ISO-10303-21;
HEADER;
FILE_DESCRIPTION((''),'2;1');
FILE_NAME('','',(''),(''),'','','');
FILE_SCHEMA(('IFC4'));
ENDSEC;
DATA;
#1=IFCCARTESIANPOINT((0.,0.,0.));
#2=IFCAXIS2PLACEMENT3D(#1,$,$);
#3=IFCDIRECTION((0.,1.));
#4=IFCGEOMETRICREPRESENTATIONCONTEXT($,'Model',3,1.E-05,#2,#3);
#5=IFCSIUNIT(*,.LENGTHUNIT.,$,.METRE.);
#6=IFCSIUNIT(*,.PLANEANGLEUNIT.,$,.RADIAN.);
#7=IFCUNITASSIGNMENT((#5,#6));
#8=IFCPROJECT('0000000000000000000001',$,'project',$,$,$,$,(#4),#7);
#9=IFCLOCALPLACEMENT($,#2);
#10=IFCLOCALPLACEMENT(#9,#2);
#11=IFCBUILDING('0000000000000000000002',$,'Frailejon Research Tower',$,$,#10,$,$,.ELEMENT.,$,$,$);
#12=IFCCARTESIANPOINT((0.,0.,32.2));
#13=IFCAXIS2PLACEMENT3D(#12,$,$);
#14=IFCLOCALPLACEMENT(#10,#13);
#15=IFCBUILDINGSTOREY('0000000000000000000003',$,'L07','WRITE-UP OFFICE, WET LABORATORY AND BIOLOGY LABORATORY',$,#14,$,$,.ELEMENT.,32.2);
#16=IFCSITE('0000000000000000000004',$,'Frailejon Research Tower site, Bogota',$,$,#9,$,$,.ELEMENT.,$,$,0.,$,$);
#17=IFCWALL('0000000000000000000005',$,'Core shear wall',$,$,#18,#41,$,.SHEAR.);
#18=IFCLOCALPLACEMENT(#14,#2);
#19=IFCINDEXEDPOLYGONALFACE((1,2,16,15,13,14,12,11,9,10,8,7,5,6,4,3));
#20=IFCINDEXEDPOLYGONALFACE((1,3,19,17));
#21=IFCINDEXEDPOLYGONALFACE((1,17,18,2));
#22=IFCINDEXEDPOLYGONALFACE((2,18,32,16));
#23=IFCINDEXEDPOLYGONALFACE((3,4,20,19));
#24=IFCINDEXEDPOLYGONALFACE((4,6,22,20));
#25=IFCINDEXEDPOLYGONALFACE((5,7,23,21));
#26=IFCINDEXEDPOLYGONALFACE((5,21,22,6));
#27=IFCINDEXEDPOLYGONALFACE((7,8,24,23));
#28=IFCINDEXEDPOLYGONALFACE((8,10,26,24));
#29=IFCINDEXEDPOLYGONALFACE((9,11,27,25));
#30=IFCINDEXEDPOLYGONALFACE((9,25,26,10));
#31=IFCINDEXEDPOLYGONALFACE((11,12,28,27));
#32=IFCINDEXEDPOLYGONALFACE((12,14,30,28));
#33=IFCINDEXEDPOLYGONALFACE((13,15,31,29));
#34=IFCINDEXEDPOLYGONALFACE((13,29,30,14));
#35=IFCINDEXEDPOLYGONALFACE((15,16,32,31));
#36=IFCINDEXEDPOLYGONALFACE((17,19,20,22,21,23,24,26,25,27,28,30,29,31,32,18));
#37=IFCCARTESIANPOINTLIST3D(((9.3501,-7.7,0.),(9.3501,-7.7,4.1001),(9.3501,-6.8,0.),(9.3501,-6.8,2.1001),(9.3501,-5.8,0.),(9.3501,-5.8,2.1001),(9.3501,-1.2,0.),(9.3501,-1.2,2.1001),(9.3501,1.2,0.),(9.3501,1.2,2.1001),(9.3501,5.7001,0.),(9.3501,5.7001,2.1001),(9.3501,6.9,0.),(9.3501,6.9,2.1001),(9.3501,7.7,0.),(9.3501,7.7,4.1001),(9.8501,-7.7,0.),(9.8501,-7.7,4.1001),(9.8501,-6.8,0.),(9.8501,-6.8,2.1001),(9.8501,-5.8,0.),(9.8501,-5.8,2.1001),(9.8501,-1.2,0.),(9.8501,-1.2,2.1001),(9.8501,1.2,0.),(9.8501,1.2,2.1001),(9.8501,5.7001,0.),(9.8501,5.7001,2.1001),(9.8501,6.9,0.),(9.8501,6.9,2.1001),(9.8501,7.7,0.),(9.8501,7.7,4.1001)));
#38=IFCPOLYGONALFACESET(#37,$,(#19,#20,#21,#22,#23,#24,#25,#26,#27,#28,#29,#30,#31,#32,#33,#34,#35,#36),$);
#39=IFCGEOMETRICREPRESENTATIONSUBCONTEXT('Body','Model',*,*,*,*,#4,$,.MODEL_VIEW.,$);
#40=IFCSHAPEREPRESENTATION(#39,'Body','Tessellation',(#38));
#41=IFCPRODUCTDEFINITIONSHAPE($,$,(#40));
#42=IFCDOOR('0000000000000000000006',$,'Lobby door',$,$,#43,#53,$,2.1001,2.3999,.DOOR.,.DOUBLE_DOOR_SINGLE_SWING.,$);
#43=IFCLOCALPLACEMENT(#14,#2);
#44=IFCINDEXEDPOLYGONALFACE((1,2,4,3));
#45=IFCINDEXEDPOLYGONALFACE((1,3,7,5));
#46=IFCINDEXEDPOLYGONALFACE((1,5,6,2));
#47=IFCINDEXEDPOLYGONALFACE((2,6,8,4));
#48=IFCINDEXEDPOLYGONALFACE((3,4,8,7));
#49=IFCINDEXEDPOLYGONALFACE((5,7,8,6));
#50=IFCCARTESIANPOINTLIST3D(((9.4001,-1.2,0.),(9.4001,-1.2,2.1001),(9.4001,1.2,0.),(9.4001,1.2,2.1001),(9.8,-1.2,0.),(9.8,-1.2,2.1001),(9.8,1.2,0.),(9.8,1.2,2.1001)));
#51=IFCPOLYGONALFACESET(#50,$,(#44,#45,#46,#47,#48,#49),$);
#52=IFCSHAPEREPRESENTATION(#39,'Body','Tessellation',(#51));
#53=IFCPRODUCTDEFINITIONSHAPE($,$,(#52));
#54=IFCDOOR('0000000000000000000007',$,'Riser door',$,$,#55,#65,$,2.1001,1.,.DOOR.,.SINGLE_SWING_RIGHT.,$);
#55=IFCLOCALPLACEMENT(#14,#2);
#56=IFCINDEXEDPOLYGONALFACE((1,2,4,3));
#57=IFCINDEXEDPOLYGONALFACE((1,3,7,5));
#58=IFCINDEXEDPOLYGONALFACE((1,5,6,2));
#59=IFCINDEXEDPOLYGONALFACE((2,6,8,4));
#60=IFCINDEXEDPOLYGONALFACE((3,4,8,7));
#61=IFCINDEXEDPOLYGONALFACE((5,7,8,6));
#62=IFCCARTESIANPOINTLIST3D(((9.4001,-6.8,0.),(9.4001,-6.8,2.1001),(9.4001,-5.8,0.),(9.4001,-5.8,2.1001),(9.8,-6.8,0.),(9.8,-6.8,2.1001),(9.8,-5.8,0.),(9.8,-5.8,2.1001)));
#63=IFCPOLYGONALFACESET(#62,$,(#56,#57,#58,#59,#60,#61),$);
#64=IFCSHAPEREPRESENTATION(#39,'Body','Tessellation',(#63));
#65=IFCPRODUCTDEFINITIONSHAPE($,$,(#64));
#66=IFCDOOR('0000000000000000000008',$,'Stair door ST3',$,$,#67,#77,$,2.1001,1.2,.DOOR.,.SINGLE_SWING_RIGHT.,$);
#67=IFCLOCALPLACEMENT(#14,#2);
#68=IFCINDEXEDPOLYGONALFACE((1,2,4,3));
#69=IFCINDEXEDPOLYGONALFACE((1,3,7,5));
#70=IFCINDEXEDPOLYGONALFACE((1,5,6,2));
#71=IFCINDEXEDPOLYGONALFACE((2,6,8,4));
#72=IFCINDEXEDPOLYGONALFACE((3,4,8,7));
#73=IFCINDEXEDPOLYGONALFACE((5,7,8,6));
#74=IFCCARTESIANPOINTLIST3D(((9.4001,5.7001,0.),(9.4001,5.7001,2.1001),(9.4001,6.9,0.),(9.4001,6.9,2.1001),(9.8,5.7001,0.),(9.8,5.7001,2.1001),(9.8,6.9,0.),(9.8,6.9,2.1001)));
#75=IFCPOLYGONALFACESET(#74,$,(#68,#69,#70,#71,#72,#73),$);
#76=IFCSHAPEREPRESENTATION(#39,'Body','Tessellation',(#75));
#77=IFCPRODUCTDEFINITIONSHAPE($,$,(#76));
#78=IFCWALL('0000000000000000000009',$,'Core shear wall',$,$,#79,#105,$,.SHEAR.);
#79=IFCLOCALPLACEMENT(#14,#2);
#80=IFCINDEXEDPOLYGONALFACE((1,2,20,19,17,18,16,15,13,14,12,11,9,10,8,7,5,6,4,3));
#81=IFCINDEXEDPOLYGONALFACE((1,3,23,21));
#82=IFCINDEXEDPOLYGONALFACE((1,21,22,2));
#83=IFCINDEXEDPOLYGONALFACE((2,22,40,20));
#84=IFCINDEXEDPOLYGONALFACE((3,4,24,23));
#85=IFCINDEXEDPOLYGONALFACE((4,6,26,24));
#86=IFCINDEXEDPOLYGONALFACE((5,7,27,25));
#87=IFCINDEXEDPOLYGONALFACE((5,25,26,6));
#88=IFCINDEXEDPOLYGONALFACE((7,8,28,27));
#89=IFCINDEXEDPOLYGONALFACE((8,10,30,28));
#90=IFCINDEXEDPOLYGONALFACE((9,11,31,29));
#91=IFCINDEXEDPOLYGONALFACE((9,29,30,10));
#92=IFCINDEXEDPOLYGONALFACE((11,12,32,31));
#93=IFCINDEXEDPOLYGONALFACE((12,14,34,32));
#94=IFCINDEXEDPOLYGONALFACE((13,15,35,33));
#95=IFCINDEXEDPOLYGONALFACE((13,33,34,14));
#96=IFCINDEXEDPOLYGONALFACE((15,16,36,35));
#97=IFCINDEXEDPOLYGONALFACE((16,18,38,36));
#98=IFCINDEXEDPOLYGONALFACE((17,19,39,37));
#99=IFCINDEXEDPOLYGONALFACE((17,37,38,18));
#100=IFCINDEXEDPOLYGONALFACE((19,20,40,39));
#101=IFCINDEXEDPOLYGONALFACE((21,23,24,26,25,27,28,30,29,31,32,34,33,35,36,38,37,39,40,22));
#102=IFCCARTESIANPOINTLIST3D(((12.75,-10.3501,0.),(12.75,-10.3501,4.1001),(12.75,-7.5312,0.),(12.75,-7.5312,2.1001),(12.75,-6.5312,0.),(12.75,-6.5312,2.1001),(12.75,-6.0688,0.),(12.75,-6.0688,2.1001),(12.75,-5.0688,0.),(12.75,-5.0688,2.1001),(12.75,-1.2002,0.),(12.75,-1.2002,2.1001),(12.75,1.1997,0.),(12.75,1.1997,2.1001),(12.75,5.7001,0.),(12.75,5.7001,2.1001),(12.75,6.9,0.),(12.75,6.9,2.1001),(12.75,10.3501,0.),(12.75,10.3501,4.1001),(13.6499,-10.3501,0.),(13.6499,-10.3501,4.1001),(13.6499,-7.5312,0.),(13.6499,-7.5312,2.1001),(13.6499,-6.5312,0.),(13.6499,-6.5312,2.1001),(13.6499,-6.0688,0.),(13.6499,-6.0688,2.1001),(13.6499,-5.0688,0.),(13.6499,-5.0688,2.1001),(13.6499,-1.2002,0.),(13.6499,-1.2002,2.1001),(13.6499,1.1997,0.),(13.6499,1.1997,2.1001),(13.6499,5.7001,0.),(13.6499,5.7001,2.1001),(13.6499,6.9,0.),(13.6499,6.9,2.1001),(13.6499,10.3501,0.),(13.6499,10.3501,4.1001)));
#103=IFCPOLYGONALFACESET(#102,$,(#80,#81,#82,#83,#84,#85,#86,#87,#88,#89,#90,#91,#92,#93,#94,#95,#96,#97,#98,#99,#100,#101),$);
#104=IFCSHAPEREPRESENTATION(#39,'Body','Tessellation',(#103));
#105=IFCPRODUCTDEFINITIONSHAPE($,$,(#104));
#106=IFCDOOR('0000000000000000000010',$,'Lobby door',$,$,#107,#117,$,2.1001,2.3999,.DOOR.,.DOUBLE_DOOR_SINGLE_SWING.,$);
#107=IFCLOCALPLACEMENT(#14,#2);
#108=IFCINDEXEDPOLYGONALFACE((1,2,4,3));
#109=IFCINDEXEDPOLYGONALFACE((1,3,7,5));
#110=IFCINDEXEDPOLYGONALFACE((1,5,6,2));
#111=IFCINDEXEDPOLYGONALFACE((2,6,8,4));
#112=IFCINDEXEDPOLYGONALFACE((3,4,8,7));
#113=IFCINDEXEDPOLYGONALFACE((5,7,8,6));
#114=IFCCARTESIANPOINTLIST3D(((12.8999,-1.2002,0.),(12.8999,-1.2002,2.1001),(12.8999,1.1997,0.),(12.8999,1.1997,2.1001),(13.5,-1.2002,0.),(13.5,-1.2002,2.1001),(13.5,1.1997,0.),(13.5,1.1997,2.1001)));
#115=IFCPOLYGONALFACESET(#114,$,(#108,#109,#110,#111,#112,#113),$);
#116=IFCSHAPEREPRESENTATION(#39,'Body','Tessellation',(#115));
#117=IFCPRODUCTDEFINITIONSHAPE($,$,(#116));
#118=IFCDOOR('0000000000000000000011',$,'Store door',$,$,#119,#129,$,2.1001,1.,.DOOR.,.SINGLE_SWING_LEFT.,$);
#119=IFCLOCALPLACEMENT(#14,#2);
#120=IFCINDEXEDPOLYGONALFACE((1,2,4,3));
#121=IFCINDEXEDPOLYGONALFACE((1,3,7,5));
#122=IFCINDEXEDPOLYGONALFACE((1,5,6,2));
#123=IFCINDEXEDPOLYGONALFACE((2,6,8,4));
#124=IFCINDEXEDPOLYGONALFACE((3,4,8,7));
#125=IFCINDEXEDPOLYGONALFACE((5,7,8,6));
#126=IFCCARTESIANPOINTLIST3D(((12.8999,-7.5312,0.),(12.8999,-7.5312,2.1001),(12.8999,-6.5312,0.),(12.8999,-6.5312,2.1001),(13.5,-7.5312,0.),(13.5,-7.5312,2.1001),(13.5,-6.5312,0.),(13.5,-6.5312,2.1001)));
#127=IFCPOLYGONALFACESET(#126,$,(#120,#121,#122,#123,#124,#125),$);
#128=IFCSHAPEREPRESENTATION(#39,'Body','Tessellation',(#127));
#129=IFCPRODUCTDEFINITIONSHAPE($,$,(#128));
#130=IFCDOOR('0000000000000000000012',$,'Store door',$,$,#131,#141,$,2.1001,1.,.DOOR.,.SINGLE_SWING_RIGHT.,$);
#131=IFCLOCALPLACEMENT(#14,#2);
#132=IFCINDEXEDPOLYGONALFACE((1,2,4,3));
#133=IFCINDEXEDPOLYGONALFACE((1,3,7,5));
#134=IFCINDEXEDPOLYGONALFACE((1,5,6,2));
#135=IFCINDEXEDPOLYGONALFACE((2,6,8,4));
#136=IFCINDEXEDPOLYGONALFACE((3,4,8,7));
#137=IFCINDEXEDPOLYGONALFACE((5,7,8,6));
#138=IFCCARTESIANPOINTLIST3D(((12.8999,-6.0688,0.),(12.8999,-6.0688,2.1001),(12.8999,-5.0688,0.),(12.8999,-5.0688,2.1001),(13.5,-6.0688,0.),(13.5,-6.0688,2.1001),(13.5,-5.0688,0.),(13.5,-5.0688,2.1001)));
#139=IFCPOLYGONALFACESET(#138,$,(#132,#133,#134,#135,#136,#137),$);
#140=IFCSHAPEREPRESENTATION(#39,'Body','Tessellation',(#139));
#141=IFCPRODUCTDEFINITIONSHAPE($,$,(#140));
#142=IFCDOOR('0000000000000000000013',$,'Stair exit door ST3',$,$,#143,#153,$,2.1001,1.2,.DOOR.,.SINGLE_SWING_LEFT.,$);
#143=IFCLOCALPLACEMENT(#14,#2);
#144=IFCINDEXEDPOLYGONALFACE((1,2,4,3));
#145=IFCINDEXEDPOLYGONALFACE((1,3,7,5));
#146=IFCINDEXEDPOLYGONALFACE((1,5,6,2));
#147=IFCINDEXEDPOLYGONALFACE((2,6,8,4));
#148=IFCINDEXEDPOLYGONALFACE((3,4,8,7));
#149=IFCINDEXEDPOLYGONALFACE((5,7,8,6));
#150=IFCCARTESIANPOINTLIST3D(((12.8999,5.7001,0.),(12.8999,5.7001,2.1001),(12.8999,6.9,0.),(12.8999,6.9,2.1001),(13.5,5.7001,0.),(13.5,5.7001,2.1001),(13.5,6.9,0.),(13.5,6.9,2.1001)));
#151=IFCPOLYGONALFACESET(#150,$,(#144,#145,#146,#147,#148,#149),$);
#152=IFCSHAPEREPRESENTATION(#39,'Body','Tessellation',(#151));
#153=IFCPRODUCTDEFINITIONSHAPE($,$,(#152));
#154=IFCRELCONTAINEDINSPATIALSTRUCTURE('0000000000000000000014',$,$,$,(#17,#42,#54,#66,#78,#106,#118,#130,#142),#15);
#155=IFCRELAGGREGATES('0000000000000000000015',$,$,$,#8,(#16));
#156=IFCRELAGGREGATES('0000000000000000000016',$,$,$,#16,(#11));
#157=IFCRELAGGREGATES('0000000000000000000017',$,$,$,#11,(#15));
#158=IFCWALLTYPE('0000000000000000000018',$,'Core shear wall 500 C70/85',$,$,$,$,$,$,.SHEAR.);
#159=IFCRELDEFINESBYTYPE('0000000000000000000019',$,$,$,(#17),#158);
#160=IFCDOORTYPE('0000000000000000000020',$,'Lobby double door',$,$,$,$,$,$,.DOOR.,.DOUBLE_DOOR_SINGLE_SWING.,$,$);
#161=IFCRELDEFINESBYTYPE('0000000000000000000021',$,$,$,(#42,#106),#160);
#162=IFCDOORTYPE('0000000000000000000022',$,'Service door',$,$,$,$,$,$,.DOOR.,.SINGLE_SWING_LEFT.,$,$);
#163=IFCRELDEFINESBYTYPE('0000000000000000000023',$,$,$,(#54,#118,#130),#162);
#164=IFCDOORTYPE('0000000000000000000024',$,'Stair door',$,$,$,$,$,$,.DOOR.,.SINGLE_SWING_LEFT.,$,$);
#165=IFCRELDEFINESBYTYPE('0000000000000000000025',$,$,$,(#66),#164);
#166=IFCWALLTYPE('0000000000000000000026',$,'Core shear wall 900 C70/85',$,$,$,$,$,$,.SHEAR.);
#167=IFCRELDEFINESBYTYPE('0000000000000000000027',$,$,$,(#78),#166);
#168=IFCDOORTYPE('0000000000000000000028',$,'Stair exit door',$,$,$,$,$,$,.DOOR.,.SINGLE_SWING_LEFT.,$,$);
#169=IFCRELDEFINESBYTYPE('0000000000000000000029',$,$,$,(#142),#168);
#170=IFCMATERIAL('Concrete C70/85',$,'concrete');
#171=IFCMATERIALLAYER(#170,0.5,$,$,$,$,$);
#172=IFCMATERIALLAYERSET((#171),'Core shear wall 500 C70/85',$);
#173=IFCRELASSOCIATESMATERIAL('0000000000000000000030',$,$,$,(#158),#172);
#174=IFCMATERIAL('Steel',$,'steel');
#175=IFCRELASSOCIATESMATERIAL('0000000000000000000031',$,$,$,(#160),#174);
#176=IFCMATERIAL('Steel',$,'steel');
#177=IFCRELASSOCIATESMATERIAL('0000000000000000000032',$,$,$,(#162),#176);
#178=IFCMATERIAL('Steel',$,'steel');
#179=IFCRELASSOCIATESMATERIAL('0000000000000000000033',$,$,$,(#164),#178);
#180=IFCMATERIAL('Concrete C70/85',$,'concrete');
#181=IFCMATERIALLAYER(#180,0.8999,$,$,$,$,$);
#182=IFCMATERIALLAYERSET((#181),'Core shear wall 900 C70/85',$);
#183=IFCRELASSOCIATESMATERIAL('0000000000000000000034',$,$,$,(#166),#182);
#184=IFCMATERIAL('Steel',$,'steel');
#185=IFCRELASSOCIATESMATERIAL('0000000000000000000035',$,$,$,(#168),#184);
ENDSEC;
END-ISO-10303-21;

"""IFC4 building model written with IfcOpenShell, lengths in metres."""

from ifc_helpers import new_model, si_unit, direction, frame, frame_2d, origin, place, context, subcontext, project, spatial, rectangle, extrude, material, layer, layer_set, type_object, element, fill, save


model = new_model("IFC4")

# Units and contexts
model_context = context("Model", 3, precision=1e-05, world=origin(), true_north=direction((0.0, 1.0)))
body_context = subcontext(model_context, "Body", "Model", "MODEL_VIEW")
ifc_project = project(units=[si_unit("LENGTHUNIT", "METRE"), si_unit("PLANEANGLEUNIT", "RADIAN")], contexts=[model_context])

# Site, building, storey
site_placement = place(None, origin())
site = spatial("IfcSite", under=ifc_project, at=site_placement, Name="Frailejon Research Tower site, Bogota", CompositionType="ELEMENT", RefElevation=0.0)
building_placement = place(site_placement, origin())
building = spatial("IfcBuilding", under=site, at=building_placement, Name="Frailejon Research Tower", CompositionType="ELEMENT")
storey_placement = place(building_placement, frame((0.0, 0.0, 32.2)))
storey = spatial("IfcBuildingStorey", under=building, at=storey_placement, Name="L07", Description="WRITE-UP OFFICE, WET LABORATORY AND BIOLOGY LABORATORY", CompositionType="ELEMENT", Elevation=32.2)

# Walls, openings, doors
ifc_material_1 = material(Name="Concrete C70/85", Category="concrete")
ifc_layer_1 = layer(ifc_material_1, 0.5)
ifc_layer_set_1 = layer_set([ifc_layer_1], Name="Core shear wall 500 C70/85")
wall_type_1 = type_object("IfcWallType", Name="Core shear wall 500 C70/85", PredefinedType="SHEAR", material=ifc_layer_set_1)
wall_1_placement = place(storey_placement, frame((9.6001, -7.7, 0.0), z_axis=(0.0, 0.0, 1.0), x_axis=(0.0, 1.0, 0.0)))
wall_1 = element("IfcWall", 1, at=wall_1_placement, inside=storey, type_object=wall_type_1, Name="Core shear wall", PredefinedType="SHEAR", context=body_context, shape_type="SweptSolid", body=[
    extrude(rectangle(XDim=15.3999, YDim=0.5, at=frame_2d((7.7, 0.0))), origin(), (0.0, 0.0, 1.0), 4.1001),
])
opening_1_placement = place(wall_1_placement, frame((6.5, 0.0, 0.0)))
opening_1 = element("IfcOpeningElement", 2, at=opening_1_placement, cuts=wall_1, PredefinedType="OPENING", context=body_context, shape_type="SweptSolid", body=[
    extrude(rectangle(XDim=2.3999, YDim=2.1001, at=frame_2d((1.2, 1.05))), frame((0.0, 0.26, 0.0), z_axis=(0.0, -1.0, 0.0), x_axis=(1.0, 0.0, 0.0)), (0.0, 0.0, 1.0), 0.52),
])
opening_2_placement = place(wall_1_placement, frame((13.3999, 0.0, 0.0)))
opening_2 = element("IfcOpeningElement", 3, at=opening_2_placement, cuts=wall_1, PredefinedType="OPENING", context=body_context, shape_type="SweptSolid", body=[
    extrude(rectangle(XDim=1.2, YDim=2.1001, at=frame_2d((0.6001, 1.05))), frame((0.0, 0.26, 0.0), z_axis=(0.0, -1.0, 0.0), x_axis=(1.0, 0.0, 0.0)), (0.0, 0.0, 1.0), 0.52),
])
opening_3_placement = place(wall_1_placement, frame((0.8999, 0.0, 0.0)))
opening_3 = element("IfcOpeningElement", 4, at=opening_3_placement, cuts=wall_1, PredefinedType="OPENING", context=body_context, shape_type="SweptSolid", body=[
    extrude(rectangle(XDim=1.0, YDim=2.1001, at=frame_2d((0.5, 1.05))), frame((0.0, 0.26, 0.0), z_axis=(0.0, -1.0, 0.0), x_axis=(1.0, 0.0, 0.0)), (0.0, 0.0, 1.0), 0.52),
])
ifc_material_2 = material(Name="Steel", Category="steel")
door_type_1 = type_object("IfcDoorType", Name="Lobby double door", OperationType="DOUBLE_DOOR_SINGLE_SWING", PredefinedType="DOOR", material=ifc_material_2)
door_1_placement = place(opening_1_placement, origin())
door_1 = element("IfcDoor", 5, at=door_1_placement, inside=storey, type_object=door_type_1, Name="Lobby door", OperationType="DOUBLE_DOOR_SINGLE_SWING", OverallHeight=2.1001, OverallWidth=2.3999, PredefinedType="DOOR", context=body_context, shape_type="SweptSolid", body=[
    extrude(rectangle(XDim=2.3999, YDim=2.1001, at=frame_2d((1.2, 1.05))), frame((0.0, 0.2, 0.0), z_axis=(0.0, -1.0, 0.0), x_axis=(1.0, 0.0, 0.0)), (0.0, 0.0, 1.0), 0.3999),
])
fill(opening_1, door_1)
ifc_material_3 = material(Name="Steel", Category="steel")
door_type_2 = type_object("IfcDoorType", Name="Service door", OperationType="SINGLE_SWING_LEFT", PredefinedType="DOOR", material=ifc_material_3)
door_2_placement = place(opening_3_placement, origin())
door_2 = element("IfcDoor", 6, at=door_2_placement, inside=storey, type_object=door_type_2, Name="Riser door", OperationType="SINGLE_SWING_RIGHT", OverallHeight=2.1001, OverallWidth=1.0, PredefinedType="DOOR", context=body_context, shape_type="SweptSolid", body=[
    extrude(rectangle(XDim=1.0, YDim=2.1001, at=frame_2d((0.5, 1.05))), frame((0.0, 0.2, 0.0), z_axis=(0.0, -1.0, 0.0), x_axis=(1.0, 0.0, 0.0)), (0.0, 0.0, 1.0), 0.3999),
])
fill(opening_3, door_2)
ifc_material_4 = material(Name="Steel", Category="steel")
door_type_3 = type_object("IfcDoorType", Name="Stair door", OperationType="SINGLE_SWING_LEFT", PredefinedType="DOOR", material=ifc_material_4)
door_3_placement = place(opening_2_placement, origin())
door_3 = element("IfcDoor", 7, at=door_3_placement, inside=storey, type_object=door_type_3, Name="Stair door ST3", OperationType="SINGLE_SWING_RIGHT", OverallHeight=2.1001, OverallWidth=1.2, PredefinedType="DOOR", context=body_context, shape_type="SweptSolid", body=[
    extrude(rectangle(XDim=1.2, YDim=2.1001, at=frame_2d((0.6001, 1.05))), frame((0.0, 0.2, 0.0), z_axis=(0.0, -1.0, 0.0), x_axis=(1.0, 0.0, 0.0)), (0.0, 0.0, 1.0), 0.3999),
])
fill(opening_2, door_3)
ifc_material_5 = material(Name="Concrete C70/85", Category="concrete")
ifc_layer_2 = layer(ifc_material_5, 0.8999)
ifc_layer_set_2 = layer_set([ifc_layer_2], Name="Core shear wall 900 C70/85")
wall_type_2 = type_object("IfcWallType", Name="Core shear wall 900 C70/85", PredefinedType="SHEAR", material=ifc_layer_set_2)
wall_2_placement = place(storey_placement, frame((13.2, -10.3501, 0.0), z_axis=(0.0, 0.0, 1.0), x_axis=(0.0, 1.0, 0.0)))
wall_2 = element("IfcWall", 8, at=wall_2_placement, inside=storey, type_object=wall_type_2, Name="Core shear wall", PredefinedType="SHEAR", context=body_context, shape_type="SweptSolid", body=[
    extrude(rectangle(XDim=20.7002, YDim=0.8999, at=frame_2d((10.3501, 0.0))), origin(), (0.0, 0.0, 1.0), 4.1001),
])
opening_4_placement = place(wall_2_placement, frame((9.1499, 0.0, 0.0)))
opening_4 = element("IfcOpeningElement", 9, at=opening_4_placement, cuts=wall_2, PredefinedType="OPENING", context=body_context, shape_type="SweptSolid", body=[
    extrude(rectangle(XDim=2.3999, YDim=2.1001, at=frame_2d((1.2, 1.05))), frame((0.0, 0.46, 0.0), z_axis=(0.0, -1.0, 0.0), x_axis=(1.0, 0.0, 0.0)), (0.0, 0.0, 1.0), 0.9199),
])
opening_5_placement = place(wall_2_placement, frame((16.05, 0.0, 0.0)))
opening_5 = element("IfcOpeningElement", 10, at=opening_5_placement, cuts=wall_2, PredefinedType="OPENING", context=body_context, shape_type="SweptSolid", body=[
    extrude(rectangle(XDim=1.2, YDim=2.1001, at=frame_2d((0.6001, 1.05))), frame((0.0, 0.46, 0.0), z_axis=(0.0, -1.0, 0.0), x_axis=(1.0, 0.0, 0.0)), (0.0, 0.0, 1.0), 0.9199),
])
opening_6_placement = place(wall_2_placement, frame((2.8188, 0.0, 0.0)))
opening_6 = element("IfcOpeningElement", 11, at=opening_6_placement, cuts=wall_2, PredefinedType="OPENING", context=body_context, shape_type="SweptSolid", body=[
    extrude(rectangle(XDim=1.0, YDim=2.1001, at=frame_2d((0.5, 1.05))), frame((0.0, 0.46, 0.0), z_axis=(0.0, -1.0, 0.0), x_axis=(1.0, 0.0, 0.0)), (0.0, 0.0, 1.0), 0.9199),
])
opening_7_placement = place(wall_2_placement, frame((4.2812, 0.0, 0.0)))
opening_7 = element("IfcOpeningElement", 12, at=opening_7_placement, cuts=wall_2, PredefinedType="OPENING", context=body_context, shape_type="SweptSolid", body=[
    extrude(rectangle(XDim=1.0, YDim=2.1001, at=frame_2d((0.5, 1.05))), frame((0.0, 0.46, 0.0), z_axis=(0.0, -1.0, 0.0), x_axis=(1.0, 0.0, 0.0)), (0.0, 0.0, 1.0), 0.9199),
])
door_4_placement = place(opening_4_placement, origin())
door_4 = element("IfcDoor", 13, at=door_4_placement, inside=storey, type_object=door_type_1, Name="Lobby door", OperationType="DOUBLE_DOOR_SINGLE_SWING", OverallHeight=2.1001, OverallWidth=2.3999, PredefinedType="DOOR", context=body_context, shape_type="SweptSolid", body=[
    extrude(rectangle(XDim=2.3999, YDim=2.1001, at=frame_2d((1.2, 1.05))), frame((0.0, 0.3, 0.0), z_axis=(0.0, -1.0, 0.0), x_axis=(1.0, 0.0, 0.0)), (0.0, 0.0, 1.0), 0.6001),
])
fill(opening_4, door_4)
door_5_placement = place(opening_6_placement, origin())
door_5 = element("IfcDoor", 14, at=door_5_placement, inside=storey, type_object=door_type_2, Name="Store door", OperationType="SINGLE_SWING_LEFT", OverallHeight=2.1001, OverallWidth=1.0, PredefinedType="DOOR", context=body_context, shape_type="SweptSolid", body=[
    extrude(rectangle(XDim=1.0, YDim=2.1001, at=frame_2d((0.5, 1.05))), frame((0.0, 0.3, 0.0), z_axis=(0.0, -1.0, 0.0), x_axis=(1.0, 0.0, 0.0)), (0.0, 0.0, 1.0), 0.6001),
])
fill(opening_6, door_5)
door_6_placement = place(opening_7_placement, origin())
door_6 = element("IfcDoor", 15, at=door_6_placement, inside=storey, type_object=door_type_2, Name="Store door", OperationType="SINGLE_SWING_RIGHT", OverallHeight=2.1001, OverallWidth=1.0, PredefinedType="DOOR", context=body_context, shape_type="SweptSolid", body=[
    extrude(rectangle(XDim=1.0, YDim=2.1001, at=frame_2d((0.5, 1.05))), frame((0.0, 0.3, 0.0), z_axis=(0.0, -1.0, 0.0), x_axis=(1.0, 0.0, 0.0)), (0.0, 0.0, 1.0), 0.6001),
])
fill(opening_7, door_6)
ifc_material_6 = material(Name="Steel", Category="steel")
door_type_4 = type_object("IfcDoorType", Name="Stair exit door", OperationType="SINGLE_SWING_LEFT", PredefinedType="DOOR", material=ifc_material_6)
door_7_placement = place(opening_5_placement, origin())
door_7 = element("IfcDoor", 16, at=door_7_placement, inside=storey, type_object=door_type_4, Name="Stair exit door ST3", OperationType="SINGLE_SWING_LEFT", OverallHeight=2.1001, OverallWidth=1.2, PredefinedType="DOOR", context=body_context, shape_type="SweptSolid", body=[
    extrude(rectangle(XDim=1.2, YDim=2.1001, at=frame_2d((0.6001, 1.05))), frame((0.0, 0.3, 0.0), z_axis=(0.0, -1.0, 0.0), x_axis=(1.0, 0.0, 0.0)), (0.0, 0.0, 1.0), 0.6001),
])
fill(opening_5, door_7)

save(model, "model.ifc")
